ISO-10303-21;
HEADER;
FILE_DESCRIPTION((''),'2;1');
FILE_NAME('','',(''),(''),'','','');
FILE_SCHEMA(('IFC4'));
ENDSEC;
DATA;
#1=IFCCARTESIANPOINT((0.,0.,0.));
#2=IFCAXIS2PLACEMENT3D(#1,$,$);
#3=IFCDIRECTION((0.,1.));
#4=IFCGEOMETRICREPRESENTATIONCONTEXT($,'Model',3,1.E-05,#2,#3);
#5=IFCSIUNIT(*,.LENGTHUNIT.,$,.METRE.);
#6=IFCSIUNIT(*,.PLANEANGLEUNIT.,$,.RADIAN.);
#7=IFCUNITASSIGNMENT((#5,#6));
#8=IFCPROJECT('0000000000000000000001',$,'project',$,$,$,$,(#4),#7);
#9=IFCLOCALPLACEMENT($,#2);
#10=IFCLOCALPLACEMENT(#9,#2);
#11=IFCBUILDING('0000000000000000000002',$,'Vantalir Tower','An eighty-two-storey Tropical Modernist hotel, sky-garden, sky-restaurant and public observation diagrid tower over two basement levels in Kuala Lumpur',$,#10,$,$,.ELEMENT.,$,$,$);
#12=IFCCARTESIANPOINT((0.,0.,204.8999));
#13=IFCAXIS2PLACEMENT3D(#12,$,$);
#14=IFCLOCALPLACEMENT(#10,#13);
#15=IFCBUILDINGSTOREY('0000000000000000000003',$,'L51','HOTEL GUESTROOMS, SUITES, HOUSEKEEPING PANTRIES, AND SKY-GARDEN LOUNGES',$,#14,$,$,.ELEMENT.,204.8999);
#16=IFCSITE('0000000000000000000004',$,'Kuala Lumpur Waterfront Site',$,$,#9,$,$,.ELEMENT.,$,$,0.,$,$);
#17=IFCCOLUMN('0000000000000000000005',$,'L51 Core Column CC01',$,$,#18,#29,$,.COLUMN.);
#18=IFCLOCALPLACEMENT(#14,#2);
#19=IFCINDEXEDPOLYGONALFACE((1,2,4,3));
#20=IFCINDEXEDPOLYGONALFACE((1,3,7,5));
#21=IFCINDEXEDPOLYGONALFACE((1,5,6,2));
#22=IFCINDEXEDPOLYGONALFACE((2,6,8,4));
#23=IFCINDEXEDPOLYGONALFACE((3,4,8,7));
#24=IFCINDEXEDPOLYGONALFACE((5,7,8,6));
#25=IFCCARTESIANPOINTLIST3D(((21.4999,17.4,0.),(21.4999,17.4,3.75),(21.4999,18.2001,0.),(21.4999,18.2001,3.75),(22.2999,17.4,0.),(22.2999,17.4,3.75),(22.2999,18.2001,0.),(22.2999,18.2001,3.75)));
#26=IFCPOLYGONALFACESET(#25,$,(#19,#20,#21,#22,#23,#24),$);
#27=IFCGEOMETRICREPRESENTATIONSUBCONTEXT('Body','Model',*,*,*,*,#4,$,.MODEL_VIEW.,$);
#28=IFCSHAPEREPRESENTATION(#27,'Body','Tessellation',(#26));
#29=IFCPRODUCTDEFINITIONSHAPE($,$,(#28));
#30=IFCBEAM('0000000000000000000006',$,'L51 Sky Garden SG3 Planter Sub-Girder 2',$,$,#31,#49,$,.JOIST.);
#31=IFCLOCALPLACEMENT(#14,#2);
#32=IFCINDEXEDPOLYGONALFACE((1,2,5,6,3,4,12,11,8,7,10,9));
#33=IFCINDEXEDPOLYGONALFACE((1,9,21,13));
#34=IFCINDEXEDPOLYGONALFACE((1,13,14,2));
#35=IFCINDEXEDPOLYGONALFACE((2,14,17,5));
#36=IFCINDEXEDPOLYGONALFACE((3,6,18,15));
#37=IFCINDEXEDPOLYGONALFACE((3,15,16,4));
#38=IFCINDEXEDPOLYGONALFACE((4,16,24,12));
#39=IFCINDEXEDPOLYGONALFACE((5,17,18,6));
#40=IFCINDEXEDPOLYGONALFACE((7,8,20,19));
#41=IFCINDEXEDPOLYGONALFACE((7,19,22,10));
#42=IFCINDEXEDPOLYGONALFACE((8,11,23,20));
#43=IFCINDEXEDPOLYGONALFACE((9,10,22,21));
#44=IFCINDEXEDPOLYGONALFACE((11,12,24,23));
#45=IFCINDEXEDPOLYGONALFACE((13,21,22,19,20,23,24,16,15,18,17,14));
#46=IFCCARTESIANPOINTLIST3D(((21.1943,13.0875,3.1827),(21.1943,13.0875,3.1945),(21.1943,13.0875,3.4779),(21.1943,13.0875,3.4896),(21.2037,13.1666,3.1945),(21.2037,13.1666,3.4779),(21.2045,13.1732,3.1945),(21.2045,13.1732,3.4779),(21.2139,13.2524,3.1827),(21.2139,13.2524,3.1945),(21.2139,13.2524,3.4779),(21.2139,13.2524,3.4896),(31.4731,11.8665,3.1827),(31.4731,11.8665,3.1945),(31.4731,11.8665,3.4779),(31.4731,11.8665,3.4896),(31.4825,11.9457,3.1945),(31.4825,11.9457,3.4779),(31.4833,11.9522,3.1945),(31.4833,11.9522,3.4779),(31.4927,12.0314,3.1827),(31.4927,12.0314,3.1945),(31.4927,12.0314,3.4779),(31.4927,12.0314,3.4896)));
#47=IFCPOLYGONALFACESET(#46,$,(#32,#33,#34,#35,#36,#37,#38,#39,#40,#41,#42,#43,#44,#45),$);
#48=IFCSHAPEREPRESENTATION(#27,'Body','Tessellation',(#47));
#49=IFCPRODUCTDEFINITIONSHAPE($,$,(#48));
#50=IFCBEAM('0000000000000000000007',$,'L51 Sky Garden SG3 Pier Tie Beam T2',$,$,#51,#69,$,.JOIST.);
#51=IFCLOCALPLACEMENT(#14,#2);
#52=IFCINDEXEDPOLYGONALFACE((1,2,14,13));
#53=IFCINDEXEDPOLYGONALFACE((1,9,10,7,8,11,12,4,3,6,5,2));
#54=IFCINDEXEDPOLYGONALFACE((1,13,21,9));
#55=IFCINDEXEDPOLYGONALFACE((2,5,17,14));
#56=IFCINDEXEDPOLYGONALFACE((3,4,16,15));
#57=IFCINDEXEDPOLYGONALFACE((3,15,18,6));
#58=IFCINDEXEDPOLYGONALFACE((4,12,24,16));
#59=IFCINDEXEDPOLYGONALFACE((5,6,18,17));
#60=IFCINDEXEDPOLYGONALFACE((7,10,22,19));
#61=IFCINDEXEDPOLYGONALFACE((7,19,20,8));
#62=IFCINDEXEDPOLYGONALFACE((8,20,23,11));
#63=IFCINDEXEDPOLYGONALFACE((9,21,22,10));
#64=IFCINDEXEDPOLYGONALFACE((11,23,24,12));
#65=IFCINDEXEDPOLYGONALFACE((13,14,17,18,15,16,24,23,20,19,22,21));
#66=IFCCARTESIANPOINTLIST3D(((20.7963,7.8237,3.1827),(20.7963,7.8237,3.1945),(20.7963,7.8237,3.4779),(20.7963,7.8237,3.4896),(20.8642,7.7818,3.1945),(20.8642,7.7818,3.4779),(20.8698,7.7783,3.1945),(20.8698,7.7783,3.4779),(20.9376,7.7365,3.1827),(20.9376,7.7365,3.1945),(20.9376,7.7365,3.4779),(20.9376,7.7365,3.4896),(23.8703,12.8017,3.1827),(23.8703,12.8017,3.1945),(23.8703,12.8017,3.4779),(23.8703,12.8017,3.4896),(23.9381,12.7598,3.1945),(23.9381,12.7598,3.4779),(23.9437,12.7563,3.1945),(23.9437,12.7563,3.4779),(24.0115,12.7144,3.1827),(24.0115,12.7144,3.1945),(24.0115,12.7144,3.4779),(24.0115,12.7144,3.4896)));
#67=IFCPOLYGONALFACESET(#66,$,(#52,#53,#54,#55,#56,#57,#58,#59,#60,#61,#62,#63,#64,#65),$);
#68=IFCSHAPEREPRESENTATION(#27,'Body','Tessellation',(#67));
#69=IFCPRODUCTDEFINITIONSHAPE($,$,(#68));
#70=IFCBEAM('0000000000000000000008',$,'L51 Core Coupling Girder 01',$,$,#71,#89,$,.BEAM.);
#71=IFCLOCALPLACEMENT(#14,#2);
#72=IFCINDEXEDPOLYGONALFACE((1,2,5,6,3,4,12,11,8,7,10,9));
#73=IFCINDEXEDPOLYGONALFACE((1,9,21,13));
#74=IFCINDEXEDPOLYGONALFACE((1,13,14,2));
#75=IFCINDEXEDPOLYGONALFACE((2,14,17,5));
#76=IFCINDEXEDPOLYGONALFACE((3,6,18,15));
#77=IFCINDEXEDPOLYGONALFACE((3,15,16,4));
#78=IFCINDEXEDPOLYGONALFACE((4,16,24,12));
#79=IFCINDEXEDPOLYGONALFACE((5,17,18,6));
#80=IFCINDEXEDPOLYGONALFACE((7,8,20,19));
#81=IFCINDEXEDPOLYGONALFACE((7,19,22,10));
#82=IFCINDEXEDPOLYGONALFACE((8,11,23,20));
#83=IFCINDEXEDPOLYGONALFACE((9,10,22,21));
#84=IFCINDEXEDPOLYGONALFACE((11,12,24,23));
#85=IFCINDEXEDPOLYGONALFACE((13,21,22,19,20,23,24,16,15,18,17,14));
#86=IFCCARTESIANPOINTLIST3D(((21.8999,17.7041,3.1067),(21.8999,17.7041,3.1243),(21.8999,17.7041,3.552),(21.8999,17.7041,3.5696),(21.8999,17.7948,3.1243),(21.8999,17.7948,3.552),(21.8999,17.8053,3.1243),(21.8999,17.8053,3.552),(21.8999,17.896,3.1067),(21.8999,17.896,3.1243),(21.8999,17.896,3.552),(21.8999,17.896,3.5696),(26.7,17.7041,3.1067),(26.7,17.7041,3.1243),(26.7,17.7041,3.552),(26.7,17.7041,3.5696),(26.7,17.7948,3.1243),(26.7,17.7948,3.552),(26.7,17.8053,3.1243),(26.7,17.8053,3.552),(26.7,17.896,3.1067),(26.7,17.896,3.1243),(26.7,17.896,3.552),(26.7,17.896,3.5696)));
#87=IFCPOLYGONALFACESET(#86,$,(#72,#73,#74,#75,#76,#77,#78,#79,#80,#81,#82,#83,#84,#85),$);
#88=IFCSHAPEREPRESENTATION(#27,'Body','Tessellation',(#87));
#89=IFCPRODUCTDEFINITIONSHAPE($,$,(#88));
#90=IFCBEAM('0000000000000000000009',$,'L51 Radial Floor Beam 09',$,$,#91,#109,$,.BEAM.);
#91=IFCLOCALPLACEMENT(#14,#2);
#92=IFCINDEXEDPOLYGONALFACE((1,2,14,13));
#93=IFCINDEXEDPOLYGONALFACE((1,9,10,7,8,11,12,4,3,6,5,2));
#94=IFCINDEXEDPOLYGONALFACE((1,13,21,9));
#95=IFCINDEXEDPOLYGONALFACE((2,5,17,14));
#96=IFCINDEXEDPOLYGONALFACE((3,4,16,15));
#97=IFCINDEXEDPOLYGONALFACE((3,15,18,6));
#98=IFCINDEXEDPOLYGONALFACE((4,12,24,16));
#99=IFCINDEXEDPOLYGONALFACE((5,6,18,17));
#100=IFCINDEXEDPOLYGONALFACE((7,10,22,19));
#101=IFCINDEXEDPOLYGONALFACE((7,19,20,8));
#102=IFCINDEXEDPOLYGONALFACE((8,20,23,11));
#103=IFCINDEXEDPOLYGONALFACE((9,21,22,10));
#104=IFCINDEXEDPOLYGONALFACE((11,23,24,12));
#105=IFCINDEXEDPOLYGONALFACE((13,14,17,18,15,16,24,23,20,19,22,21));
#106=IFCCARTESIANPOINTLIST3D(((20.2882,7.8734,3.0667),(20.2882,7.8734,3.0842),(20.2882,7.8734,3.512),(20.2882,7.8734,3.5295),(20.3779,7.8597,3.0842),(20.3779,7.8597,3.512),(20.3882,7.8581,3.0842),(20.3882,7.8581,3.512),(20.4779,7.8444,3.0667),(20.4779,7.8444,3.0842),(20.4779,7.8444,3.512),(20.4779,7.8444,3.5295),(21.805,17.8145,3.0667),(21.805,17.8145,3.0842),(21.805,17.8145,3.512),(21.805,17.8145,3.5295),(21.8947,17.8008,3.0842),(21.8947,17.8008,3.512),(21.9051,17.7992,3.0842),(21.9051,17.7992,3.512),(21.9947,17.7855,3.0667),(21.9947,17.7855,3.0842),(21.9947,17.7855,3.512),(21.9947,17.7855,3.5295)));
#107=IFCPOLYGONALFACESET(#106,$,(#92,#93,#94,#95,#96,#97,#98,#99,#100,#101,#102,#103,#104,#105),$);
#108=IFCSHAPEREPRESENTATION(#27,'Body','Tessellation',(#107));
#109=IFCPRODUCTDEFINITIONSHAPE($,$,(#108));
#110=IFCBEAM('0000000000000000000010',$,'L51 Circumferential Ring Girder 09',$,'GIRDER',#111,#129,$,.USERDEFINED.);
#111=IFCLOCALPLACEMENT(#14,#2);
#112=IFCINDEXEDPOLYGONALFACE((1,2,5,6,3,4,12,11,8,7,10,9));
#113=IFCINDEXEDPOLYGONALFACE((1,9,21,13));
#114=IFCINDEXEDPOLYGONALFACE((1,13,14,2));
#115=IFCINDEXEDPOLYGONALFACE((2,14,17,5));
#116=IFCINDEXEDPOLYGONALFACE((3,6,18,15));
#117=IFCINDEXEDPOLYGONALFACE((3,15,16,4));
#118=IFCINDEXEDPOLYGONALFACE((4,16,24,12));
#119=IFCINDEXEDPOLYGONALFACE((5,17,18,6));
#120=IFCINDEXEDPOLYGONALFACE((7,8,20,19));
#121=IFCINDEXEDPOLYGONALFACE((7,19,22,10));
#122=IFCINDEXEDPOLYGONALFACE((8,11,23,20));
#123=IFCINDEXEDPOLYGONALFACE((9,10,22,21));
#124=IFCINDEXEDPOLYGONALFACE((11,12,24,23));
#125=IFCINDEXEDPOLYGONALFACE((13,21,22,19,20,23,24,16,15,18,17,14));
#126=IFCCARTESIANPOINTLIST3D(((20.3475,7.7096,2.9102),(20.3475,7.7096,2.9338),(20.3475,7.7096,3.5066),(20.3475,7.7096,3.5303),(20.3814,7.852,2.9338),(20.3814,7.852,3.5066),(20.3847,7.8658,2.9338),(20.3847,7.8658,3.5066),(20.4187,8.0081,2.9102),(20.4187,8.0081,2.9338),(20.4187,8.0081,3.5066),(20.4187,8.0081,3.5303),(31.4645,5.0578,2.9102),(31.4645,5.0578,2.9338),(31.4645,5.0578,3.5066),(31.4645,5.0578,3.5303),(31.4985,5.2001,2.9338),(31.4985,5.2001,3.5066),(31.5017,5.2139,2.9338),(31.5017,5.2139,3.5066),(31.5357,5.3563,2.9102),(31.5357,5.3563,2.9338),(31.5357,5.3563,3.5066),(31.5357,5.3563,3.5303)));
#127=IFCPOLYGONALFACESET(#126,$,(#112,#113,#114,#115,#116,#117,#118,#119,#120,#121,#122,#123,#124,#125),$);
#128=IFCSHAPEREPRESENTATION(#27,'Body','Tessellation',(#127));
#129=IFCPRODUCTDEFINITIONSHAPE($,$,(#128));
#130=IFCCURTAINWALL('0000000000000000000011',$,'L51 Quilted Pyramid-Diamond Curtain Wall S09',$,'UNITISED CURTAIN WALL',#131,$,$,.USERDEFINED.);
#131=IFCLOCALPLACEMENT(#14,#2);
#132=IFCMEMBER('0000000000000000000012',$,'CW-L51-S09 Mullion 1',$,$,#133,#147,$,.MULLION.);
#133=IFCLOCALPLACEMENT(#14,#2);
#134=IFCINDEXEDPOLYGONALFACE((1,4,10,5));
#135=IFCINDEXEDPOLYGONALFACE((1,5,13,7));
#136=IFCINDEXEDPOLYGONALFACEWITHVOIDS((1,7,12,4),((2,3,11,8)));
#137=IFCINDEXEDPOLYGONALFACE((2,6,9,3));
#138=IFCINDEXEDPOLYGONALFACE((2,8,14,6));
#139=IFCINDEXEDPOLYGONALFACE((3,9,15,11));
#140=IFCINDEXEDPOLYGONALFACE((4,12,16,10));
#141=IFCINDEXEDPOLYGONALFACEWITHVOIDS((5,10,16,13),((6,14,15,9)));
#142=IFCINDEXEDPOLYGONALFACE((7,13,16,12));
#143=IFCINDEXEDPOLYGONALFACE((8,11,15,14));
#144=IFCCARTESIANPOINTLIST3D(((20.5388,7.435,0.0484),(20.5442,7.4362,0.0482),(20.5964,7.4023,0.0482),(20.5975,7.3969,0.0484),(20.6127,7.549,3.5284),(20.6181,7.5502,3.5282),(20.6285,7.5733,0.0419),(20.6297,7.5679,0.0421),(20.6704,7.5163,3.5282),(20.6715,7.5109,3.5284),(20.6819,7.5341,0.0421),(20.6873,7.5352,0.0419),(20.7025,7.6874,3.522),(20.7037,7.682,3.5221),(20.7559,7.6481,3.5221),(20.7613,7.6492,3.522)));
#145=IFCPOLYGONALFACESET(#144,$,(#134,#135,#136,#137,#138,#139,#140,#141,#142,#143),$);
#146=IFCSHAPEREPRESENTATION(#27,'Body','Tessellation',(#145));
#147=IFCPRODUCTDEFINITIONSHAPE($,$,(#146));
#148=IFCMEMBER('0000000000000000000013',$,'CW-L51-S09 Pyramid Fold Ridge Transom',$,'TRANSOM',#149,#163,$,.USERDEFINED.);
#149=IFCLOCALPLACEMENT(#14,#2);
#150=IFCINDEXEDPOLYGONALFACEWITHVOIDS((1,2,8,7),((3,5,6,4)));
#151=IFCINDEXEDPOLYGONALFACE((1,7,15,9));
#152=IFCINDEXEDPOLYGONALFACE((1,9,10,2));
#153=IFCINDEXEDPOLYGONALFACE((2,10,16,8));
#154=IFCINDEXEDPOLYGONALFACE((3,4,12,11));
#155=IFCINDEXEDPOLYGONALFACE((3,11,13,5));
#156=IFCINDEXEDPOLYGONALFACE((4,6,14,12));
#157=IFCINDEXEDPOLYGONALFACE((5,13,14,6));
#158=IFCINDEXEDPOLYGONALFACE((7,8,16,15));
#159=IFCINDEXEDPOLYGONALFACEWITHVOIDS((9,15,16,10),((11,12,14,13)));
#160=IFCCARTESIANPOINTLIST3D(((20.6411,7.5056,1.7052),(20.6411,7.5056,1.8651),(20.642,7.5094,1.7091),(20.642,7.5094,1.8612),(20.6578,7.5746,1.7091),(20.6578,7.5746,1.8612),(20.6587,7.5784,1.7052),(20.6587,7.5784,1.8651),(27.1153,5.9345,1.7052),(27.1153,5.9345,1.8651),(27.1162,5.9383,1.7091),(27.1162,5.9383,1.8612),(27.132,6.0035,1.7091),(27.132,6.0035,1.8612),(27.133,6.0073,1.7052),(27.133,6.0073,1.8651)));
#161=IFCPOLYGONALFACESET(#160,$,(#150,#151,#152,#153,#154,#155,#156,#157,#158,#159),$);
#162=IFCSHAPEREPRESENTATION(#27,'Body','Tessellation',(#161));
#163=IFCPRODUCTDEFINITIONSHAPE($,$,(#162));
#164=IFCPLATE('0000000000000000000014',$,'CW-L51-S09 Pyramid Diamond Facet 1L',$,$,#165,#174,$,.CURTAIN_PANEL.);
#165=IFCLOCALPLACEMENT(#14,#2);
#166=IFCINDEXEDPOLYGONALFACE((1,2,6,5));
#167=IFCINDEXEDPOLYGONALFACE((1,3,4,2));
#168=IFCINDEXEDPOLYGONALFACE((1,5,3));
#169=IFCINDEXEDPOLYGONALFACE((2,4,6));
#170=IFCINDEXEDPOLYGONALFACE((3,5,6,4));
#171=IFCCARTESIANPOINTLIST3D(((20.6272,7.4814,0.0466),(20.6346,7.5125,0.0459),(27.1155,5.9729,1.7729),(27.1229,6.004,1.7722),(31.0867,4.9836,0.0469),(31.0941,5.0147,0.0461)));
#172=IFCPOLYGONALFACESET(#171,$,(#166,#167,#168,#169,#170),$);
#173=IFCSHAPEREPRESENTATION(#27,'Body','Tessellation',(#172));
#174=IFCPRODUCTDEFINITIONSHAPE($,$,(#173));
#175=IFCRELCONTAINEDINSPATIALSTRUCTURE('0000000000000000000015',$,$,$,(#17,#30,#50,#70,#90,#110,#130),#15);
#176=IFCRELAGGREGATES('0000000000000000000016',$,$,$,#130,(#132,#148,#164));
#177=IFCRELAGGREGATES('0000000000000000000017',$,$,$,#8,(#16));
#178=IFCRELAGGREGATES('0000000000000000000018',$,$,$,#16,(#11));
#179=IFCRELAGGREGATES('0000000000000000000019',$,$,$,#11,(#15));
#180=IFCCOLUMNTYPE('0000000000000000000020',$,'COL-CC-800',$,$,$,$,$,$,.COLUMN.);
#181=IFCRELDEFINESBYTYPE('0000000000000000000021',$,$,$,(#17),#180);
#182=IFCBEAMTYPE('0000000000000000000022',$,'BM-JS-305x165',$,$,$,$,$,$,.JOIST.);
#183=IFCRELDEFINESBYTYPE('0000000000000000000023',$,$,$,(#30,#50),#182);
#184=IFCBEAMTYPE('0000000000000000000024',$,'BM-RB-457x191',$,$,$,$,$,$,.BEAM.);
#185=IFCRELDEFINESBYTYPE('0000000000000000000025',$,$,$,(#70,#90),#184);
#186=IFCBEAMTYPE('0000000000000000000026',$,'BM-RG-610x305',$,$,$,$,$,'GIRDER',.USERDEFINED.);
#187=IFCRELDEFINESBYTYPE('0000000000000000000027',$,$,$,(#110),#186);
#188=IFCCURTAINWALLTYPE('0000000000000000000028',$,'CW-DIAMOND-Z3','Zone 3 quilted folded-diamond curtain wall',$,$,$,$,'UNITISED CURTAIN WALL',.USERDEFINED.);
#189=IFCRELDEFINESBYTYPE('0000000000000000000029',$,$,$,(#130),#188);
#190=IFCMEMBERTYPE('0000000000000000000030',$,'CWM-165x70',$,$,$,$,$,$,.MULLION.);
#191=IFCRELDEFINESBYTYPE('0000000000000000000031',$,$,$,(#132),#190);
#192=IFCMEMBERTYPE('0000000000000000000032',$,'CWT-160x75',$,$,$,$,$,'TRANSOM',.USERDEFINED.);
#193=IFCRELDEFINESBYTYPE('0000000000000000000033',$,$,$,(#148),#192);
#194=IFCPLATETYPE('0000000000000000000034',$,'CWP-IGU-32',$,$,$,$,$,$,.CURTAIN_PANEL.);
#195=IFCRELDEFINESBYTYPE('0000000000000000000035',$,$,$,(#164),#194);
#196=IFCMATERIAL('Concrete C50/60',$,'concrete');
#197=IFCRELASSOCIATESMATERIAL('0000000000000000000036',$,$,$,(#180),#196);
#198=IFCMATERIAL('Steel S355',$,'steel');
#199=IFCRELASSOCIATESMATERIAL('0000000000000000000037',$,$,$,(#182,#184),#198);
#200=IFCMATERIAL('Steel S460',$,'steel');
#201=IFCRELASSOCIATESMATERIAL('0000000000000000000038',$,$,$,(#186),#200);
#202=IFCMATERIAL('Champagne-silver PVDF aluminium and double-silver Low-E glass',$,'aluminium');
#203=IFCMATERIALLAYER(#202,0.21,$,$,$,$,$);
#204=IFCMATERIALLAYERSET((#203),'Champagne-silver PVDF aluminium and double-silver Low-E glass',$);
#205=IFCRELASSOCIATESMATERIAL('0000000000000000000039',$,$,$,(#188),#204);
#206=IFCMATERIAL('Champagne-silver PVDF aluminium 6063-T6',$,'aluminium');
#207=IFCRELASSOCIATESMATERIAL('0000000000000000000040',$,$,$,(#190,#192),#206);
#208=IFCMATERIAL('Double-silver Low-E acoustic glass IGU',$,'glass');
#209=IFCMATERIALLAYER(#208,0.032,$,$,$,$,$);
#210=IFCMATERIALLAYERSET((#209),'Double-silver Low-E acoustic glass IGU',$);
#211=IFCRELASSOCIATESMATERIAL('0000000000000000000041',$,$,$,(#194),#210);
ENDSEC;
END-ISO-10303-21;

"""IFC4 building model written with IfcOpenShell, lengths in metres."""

from ifc_helpers import new_model, si_unit, direction, frame, origin, origin_2d, place, context, subcontext, project, spatial, polyline, rectangle, hollow_rectangle, i_section, outline, extrude, material, layer, layer_set, material_profile, profile_set, type_object, element, aggregate, save


model = new_model("IFC4")

# Units and contexts
model_context = context("Model", 3, precision=1e-05, world=origin(), true_north=direction((0.0, 1.0)))
body_context = subcontext(model_context, "Body", "Model", "MODEL_VIEW")
ifc_project = project(units=[si_unit("LENGTHUNIT", "METRE"), si_unit("PLANEANGLEUNIT", "RADIAN")], contexts=[model_context])

# Site, building, storey
site_placement = place(None, origin())
site = spatial("IfcSite", under=ifc_project, at=site_placement, Name="Kuala Lumpur Waterfront Site", CompositionType="ELEMENT", RefElevation=0.0)
building_placement = place(site_placement, origin())
building = spatial("IfcBuilding", under=site, at=building_placement, Name="Vantalir Tower", Description="An eighty-two-storey Tropical Modernist hotel, sky-garden, sky-restaurant and public observation diagrid tower over two basement levels in Kuala Lumpur", CompositionType="ELEMENT")
storey_placement = place(building_placement, frame((0.0, 0.0, 204.8999)))
storey = spatial("IfcBuildingStorey", under=building, at=storey_placement, Name="L51", Description="HOTEL GUESTROOMS, SUITES, HOUSEKEEPING PANTRIES, AND SKY-GARDEN LOUNGES", CompositionType="ELEMENT", Elevation=204.8999)

# Column
ifc_material_1 = material(Name="Concrete C50/60", Category="concrete")
ifc_material_profile_1 = material_profile(ifc_material_1, rectangle(XDim=0.8, YDim=0.8, at=origin_2d()), Name="Concrete C50/60")
ifc_profile_set_1 = profile_set([ifc_material_profile_1], Name="Concrete C50/60")
column_type = type_object("IfcColumnType", Name="COL-CC-800", PredefinedType="COLUMN", material=ifc_profile_set_1)
column_placement = place(storey_placement, frame((21.8999, 17.8, 0.0), z_axis=(0.0, 0.0, 1.0), x_axis=(1.0, 0.0, 0.0)))
element("IfcColumn", 1, at=column_placement, inside=storey, type_object=column_type, Name="L51 Core Column CC01", PredefinedType="COLUMN", context=body_context, shape_type="SweptSolid", body=[
    extrude(rectangle(XDim=0.8, YDim=0.8, at=origin_2d()), origin(), (0.0, 0.0, 1.0), 3.75),
])

# Beams
ifc_material_2 = material(Name="Steel S355", Category="steel")
ifc_material_profile_2 = material_profile(ifc_material_2, i_section(OverallWidth=0.166, OverallDepth=0.3069, WebThickness=0.0066, FlangeThickness=0.0117, at=origin_2d()), Name="Steel S355")
ifc_profile_set_2 = profile_set([ifc_material_profile_2], Name="Steel S355")
beam_type_1 = type_object("IfcBeamType", Name="BM-JS-305x165", PredefinedType="JOIST", material=ifc_profile_set_2)
beam_1_placement = place(storey_placement, frame((21.2041, 13.1699, 3.3362), z_axis=(0.993019, -0.117954, 0.0), x_axis=(0.117954, 0.993019, 0.0)))
element("IfcBeam", 2, at=beam_1_placement, inside=storey, type_object=beam_type_1, Name="L51 Sky Garden SG3 Planter Sub-Girder 2", PredefinedType="JOIST", context=body_context, shape_type="SweptSolid", body=[
    extrude(i_section(OverallWidth=0.166, OverallDepth=0.3069, WebThickness=0.0066, FlangeThickness=0.0117, at=origin_2d()), origin(), (0.0, 0.0, 1.0), 10.3511),
])
beam_2_placement = place(storey_placement, frame((23.9409, 12.7581, 3.3362), z_axis=(-0.525408, -0.850851, 0.0), x_axis=(0.850851, -0.525408, 0.0)))
element("IfcBeam", 3, at=beam_2_placement, inside=storey, type_object=beam_type_1, Name="L51 Sky Garden SG3 Pier Tie Beam T2", PredefinedType="JOIST", context=body_context, shape_type="SweptSolid", body=[
    extrude(i_section(OverallWidth=0.166, OverallDepth=0.3069, WebThickness=0.0066, FlangeThickness=0.0117, at=origin_2d()), origin(), (0.0, 0.0, 1.0), 5.8506),
])
ifc_material_profile_3 = material_profile(ifc_material_2, i_section(OverallWidth=0.1919, OverallDepth=0.4629, WebThickness=0.0105, FlangeThickness=0.0176, at=origin_2d()), Name="Steel S355")
ifc_profile_set_3 = profile_set([ifc_material_profile_3], Name="Steel S355")
beam_type_2 = type_object("IfcBeamType", Name="BM-RB-457x191", PredefinedType="BEAM", material=ifc_profile_set_3)
beam_3_placement = place(storey_placement, frame((21.8999, 17.8, 3.3381), z_axis=(1.0, 0.0, 0.0), x_axis=(0.0, 1.0, 0.0)))
element("IfcBeam", 4, at=beam_3_placement, inside=storey, type_object=beam_type_2, Name="L51 Core Coupling Girder 01", PredefinedType="BEAM", context=body_context, shape_type="SweptSolid", body=[
    extrude(i_section(OverallWidth=0.1919, OverallDepth=0.4629, WebThickness=0.0105, FlangeThickness=0.0176, at=origin_2d()), origin(), (0.0, 0.0, 1.0), 4.8),
])
beam_4_placement = place(storey_placement, frame((20.3831, 7.8589, 3.2981), z_axis=(0.150837, 0.988559, 0.0), x_axis=(-0.988559, 0.150837, 0.0)))
element("IfcBeam", 5, at=beam_4_placement, inside=storey, type_object=beam_type_2, Name="L51 Radial Floor Beam 09", PredefinedType="BEAM", context=body_context, shape_type="SweptSolid", body=[
    extrude(i_section(OverallWidth=0.1919, OverallDepth=0.4629, WebThickness=0.0105, FlangeThickness=0.0176, at=origin_2d()), origin(), (0.0, 0.0, 1.0), 10.0562),
])
ifc_material_3 = material(Name="Steel S460", Category="steel")
ifc_material_profile_4 = material_profile(ifc_material_3, i_section(OverallWidth=0.3069, OverallDepth=0.6201, WebThickness=0.0142, FlangeThickness=0.0237, at=origin_2d()), Name="Steel S460")
ifc_profile_set_4 = profile_set([ifc_material_profile_4], Name="Steel S460")
beam_type_3 = type_object("IfcBeamType", Name="BM-RG-610x305", ElementType="GIRDER", PredefinedType="USERDEFINED", material=ifc_profile_set_4)
beam_5_placement = place(storey_placement, frame((20.3831, 7.8589, 3.2202), z_axis=(0.972708, -0.232032, 0.0), x_axis=(0.232032, 0.972708, 0.0)))
element("IfcBeam", 6, at=beam_5_placement, inside=storey, type_object=beam_type_3, Name="L51 Circumferential Ring Girder 09", ObjectType="GIRDER", PredefinedType="USERDEFINED", context=body_context, shape_type="SweptSolid", body=[
    extrude(i_section(OverallWidth=0.3069, OverallDepth=0.6201, WebThickness=0.0142, FlangeThickness=0.0237, at=origin_2d()), origin(), (0.0, 0.0, 1.0), 11.429),
])

# Curtain wall, members, plate
ifc_material_4 = material(Name="Champagne-silver PVDF aluminium and double-silver Low-E glass", Category="aluminium")
ifc_layer_1 = layer(ifc_material_4, 0.21)
ifc_layer_set_1 = layer_set([ifc_layer_1], Name="Champagne-silver PVDF aluminium and double-silver Low-E glass")
curtain_wall_type = type_object("IfcCurtainWallType", Name="CW-DIAMOND-Z3", Description="Zone 3 quilted folded-diamond curtain wall", ElementType="UNITISED CURTAIN WALL", PredefinedType="USERDEFINED", material=ifc_layer_set_1)
curtain_wall_placement = place(storey_placement, origin())
curtain_wall = element("IfcCurtainWall", 7, at=curtain_wall_placement, inside=storey, type_object=curtain_wall_type, Name="L51 Quilted Pyramid-Diamond Curtain Wall S09", ObjectType="UNITISED CURTAIN WALL", PredefinedType="USERDEFINED")
ifc_material_5 = material(Name="Champagne-silver PVDF aluminium 6063-T6", Category="aluminium")
ifc_material_profile_5 = material_profile(ifc_material_5, hollow_rectangle(XDim=0.0701, YDim=0.165, WallThickness=0.0039, at=origin_2d()), Name="Champagne-silver PVDF aluminium 6063-T6")
ifc_profile_set_5 = profile_set([ifc_material_profile_5], Name="Champagne-silver PVDF aluminium 6063-T6")
member_type_1 = type_object("IfcMemberType", Name="CWM-165x70", PredefinedType="MULLION", material=ifc_profile_set_5)
member_1_placement = place(storey_placement, frame((20.613, 7.4851, 0.0452), z_axis=(0.021241, 0.032738, 0.999238), x_axis=(-0.838895, 0.544294, 0.0)))
member_1 = element("IfcMember", 8, at=member_1_placement, type_object=member_type_1, Name="CW-L51-S09 Mullion 1", PredefinedType="MULLION", context=body_context, shape_type="SweptSolid", body=[
    extrude(hollow_rectangle(XDim=0.0701, YDim=0.165, WallThickness=0.0039, at=origin_2d()), origin(), (0.0, 0.0, 1.0), 3.4827),
])
ifc_material_profile_6 = material_profile(ifc_material_5, hollow_rectangle(XDim=0.075, YDim=0.1599, WallThickness=0.0039, at=origin_2d()), Name="Champagne-silver PVDF aluminium 6063-T6")
ifc_profile_set_6 = profile_set([ifc_material_profile_6], Name="Champagne-silver PVDF aluminium 6063-T6")
member_type_2 = type_object("IfcMemberType", Name="CWT-160x75", ElementType="TRANSOM", PredefinedType="USERDEFINED", material=ifc_profile_set_6)
member_2_placement = place(storey_placement, frame((20.6499, 7.542, 1.7852), z_axis=(0.971796, -0.235821, 0.0), x_axis=(0.235821, 0.971796, 0.0)))
member_2 = element("IfcMember", 9, at=member_2_placement, type_object=member_type_2, Name="CW-L51-S09 Pyramid Fold Ridge Transom", ObjectType="TRANSOM", PredefinedType="USERDEFINED", context=body_context, shape_type="SweptSolid", body=[
    extrude(hollow_rectangle(XDim=0.075, YDim=0.1599, WallThickness=0.0039, at=origin_2d()), origin(), (0.0, 0.0, 1.0), 6.6621),
])
ifc_material_6 = material(Name="Double-silver Low-E acoustic glass IGU", Category="glass")
ifc_layer_2 = layer(ifc_material_6, 0.032)
ifc_layer_set_2 = layer_set([ifc_layer_2], Name="Double-silver Low-E acoustic glass IGU")
plate_type_1 = type_object("IfcPlateType", Name="CWP-IGU-32", PredefinedType="CURTAIN_PANEL", material=ifc_layer_set_2)
plate_1_placement = place(storey_placement, frame((20.6272, 7.4814, 0.0466), z_axis=(-0.232215, -0.972391, 0.023044), x_axis=(0.97265, -0.232276, 0.000023)))
plate_1 = element("IfcPlate", 10, at=plate_1_placement, type_object=plate_type_1, Name="CW-L51-S09 Pyramid Diamond Facet 1L", PredefinedType="CURTAIN_PANEL", context=body_context, shape_type="SweptSolid", body=[
    extrude(outline(polyline([(0.0, 0.0), (10.7536, 0.0), (6.6613, 1.7266), (0.0, 0.0)])), origin(), (0.0, 0.0, -1.0), 0.032),
])
aggregate(curtain_wall, [member_1, member_2, plate_1])

save(model, "model.ifc")
